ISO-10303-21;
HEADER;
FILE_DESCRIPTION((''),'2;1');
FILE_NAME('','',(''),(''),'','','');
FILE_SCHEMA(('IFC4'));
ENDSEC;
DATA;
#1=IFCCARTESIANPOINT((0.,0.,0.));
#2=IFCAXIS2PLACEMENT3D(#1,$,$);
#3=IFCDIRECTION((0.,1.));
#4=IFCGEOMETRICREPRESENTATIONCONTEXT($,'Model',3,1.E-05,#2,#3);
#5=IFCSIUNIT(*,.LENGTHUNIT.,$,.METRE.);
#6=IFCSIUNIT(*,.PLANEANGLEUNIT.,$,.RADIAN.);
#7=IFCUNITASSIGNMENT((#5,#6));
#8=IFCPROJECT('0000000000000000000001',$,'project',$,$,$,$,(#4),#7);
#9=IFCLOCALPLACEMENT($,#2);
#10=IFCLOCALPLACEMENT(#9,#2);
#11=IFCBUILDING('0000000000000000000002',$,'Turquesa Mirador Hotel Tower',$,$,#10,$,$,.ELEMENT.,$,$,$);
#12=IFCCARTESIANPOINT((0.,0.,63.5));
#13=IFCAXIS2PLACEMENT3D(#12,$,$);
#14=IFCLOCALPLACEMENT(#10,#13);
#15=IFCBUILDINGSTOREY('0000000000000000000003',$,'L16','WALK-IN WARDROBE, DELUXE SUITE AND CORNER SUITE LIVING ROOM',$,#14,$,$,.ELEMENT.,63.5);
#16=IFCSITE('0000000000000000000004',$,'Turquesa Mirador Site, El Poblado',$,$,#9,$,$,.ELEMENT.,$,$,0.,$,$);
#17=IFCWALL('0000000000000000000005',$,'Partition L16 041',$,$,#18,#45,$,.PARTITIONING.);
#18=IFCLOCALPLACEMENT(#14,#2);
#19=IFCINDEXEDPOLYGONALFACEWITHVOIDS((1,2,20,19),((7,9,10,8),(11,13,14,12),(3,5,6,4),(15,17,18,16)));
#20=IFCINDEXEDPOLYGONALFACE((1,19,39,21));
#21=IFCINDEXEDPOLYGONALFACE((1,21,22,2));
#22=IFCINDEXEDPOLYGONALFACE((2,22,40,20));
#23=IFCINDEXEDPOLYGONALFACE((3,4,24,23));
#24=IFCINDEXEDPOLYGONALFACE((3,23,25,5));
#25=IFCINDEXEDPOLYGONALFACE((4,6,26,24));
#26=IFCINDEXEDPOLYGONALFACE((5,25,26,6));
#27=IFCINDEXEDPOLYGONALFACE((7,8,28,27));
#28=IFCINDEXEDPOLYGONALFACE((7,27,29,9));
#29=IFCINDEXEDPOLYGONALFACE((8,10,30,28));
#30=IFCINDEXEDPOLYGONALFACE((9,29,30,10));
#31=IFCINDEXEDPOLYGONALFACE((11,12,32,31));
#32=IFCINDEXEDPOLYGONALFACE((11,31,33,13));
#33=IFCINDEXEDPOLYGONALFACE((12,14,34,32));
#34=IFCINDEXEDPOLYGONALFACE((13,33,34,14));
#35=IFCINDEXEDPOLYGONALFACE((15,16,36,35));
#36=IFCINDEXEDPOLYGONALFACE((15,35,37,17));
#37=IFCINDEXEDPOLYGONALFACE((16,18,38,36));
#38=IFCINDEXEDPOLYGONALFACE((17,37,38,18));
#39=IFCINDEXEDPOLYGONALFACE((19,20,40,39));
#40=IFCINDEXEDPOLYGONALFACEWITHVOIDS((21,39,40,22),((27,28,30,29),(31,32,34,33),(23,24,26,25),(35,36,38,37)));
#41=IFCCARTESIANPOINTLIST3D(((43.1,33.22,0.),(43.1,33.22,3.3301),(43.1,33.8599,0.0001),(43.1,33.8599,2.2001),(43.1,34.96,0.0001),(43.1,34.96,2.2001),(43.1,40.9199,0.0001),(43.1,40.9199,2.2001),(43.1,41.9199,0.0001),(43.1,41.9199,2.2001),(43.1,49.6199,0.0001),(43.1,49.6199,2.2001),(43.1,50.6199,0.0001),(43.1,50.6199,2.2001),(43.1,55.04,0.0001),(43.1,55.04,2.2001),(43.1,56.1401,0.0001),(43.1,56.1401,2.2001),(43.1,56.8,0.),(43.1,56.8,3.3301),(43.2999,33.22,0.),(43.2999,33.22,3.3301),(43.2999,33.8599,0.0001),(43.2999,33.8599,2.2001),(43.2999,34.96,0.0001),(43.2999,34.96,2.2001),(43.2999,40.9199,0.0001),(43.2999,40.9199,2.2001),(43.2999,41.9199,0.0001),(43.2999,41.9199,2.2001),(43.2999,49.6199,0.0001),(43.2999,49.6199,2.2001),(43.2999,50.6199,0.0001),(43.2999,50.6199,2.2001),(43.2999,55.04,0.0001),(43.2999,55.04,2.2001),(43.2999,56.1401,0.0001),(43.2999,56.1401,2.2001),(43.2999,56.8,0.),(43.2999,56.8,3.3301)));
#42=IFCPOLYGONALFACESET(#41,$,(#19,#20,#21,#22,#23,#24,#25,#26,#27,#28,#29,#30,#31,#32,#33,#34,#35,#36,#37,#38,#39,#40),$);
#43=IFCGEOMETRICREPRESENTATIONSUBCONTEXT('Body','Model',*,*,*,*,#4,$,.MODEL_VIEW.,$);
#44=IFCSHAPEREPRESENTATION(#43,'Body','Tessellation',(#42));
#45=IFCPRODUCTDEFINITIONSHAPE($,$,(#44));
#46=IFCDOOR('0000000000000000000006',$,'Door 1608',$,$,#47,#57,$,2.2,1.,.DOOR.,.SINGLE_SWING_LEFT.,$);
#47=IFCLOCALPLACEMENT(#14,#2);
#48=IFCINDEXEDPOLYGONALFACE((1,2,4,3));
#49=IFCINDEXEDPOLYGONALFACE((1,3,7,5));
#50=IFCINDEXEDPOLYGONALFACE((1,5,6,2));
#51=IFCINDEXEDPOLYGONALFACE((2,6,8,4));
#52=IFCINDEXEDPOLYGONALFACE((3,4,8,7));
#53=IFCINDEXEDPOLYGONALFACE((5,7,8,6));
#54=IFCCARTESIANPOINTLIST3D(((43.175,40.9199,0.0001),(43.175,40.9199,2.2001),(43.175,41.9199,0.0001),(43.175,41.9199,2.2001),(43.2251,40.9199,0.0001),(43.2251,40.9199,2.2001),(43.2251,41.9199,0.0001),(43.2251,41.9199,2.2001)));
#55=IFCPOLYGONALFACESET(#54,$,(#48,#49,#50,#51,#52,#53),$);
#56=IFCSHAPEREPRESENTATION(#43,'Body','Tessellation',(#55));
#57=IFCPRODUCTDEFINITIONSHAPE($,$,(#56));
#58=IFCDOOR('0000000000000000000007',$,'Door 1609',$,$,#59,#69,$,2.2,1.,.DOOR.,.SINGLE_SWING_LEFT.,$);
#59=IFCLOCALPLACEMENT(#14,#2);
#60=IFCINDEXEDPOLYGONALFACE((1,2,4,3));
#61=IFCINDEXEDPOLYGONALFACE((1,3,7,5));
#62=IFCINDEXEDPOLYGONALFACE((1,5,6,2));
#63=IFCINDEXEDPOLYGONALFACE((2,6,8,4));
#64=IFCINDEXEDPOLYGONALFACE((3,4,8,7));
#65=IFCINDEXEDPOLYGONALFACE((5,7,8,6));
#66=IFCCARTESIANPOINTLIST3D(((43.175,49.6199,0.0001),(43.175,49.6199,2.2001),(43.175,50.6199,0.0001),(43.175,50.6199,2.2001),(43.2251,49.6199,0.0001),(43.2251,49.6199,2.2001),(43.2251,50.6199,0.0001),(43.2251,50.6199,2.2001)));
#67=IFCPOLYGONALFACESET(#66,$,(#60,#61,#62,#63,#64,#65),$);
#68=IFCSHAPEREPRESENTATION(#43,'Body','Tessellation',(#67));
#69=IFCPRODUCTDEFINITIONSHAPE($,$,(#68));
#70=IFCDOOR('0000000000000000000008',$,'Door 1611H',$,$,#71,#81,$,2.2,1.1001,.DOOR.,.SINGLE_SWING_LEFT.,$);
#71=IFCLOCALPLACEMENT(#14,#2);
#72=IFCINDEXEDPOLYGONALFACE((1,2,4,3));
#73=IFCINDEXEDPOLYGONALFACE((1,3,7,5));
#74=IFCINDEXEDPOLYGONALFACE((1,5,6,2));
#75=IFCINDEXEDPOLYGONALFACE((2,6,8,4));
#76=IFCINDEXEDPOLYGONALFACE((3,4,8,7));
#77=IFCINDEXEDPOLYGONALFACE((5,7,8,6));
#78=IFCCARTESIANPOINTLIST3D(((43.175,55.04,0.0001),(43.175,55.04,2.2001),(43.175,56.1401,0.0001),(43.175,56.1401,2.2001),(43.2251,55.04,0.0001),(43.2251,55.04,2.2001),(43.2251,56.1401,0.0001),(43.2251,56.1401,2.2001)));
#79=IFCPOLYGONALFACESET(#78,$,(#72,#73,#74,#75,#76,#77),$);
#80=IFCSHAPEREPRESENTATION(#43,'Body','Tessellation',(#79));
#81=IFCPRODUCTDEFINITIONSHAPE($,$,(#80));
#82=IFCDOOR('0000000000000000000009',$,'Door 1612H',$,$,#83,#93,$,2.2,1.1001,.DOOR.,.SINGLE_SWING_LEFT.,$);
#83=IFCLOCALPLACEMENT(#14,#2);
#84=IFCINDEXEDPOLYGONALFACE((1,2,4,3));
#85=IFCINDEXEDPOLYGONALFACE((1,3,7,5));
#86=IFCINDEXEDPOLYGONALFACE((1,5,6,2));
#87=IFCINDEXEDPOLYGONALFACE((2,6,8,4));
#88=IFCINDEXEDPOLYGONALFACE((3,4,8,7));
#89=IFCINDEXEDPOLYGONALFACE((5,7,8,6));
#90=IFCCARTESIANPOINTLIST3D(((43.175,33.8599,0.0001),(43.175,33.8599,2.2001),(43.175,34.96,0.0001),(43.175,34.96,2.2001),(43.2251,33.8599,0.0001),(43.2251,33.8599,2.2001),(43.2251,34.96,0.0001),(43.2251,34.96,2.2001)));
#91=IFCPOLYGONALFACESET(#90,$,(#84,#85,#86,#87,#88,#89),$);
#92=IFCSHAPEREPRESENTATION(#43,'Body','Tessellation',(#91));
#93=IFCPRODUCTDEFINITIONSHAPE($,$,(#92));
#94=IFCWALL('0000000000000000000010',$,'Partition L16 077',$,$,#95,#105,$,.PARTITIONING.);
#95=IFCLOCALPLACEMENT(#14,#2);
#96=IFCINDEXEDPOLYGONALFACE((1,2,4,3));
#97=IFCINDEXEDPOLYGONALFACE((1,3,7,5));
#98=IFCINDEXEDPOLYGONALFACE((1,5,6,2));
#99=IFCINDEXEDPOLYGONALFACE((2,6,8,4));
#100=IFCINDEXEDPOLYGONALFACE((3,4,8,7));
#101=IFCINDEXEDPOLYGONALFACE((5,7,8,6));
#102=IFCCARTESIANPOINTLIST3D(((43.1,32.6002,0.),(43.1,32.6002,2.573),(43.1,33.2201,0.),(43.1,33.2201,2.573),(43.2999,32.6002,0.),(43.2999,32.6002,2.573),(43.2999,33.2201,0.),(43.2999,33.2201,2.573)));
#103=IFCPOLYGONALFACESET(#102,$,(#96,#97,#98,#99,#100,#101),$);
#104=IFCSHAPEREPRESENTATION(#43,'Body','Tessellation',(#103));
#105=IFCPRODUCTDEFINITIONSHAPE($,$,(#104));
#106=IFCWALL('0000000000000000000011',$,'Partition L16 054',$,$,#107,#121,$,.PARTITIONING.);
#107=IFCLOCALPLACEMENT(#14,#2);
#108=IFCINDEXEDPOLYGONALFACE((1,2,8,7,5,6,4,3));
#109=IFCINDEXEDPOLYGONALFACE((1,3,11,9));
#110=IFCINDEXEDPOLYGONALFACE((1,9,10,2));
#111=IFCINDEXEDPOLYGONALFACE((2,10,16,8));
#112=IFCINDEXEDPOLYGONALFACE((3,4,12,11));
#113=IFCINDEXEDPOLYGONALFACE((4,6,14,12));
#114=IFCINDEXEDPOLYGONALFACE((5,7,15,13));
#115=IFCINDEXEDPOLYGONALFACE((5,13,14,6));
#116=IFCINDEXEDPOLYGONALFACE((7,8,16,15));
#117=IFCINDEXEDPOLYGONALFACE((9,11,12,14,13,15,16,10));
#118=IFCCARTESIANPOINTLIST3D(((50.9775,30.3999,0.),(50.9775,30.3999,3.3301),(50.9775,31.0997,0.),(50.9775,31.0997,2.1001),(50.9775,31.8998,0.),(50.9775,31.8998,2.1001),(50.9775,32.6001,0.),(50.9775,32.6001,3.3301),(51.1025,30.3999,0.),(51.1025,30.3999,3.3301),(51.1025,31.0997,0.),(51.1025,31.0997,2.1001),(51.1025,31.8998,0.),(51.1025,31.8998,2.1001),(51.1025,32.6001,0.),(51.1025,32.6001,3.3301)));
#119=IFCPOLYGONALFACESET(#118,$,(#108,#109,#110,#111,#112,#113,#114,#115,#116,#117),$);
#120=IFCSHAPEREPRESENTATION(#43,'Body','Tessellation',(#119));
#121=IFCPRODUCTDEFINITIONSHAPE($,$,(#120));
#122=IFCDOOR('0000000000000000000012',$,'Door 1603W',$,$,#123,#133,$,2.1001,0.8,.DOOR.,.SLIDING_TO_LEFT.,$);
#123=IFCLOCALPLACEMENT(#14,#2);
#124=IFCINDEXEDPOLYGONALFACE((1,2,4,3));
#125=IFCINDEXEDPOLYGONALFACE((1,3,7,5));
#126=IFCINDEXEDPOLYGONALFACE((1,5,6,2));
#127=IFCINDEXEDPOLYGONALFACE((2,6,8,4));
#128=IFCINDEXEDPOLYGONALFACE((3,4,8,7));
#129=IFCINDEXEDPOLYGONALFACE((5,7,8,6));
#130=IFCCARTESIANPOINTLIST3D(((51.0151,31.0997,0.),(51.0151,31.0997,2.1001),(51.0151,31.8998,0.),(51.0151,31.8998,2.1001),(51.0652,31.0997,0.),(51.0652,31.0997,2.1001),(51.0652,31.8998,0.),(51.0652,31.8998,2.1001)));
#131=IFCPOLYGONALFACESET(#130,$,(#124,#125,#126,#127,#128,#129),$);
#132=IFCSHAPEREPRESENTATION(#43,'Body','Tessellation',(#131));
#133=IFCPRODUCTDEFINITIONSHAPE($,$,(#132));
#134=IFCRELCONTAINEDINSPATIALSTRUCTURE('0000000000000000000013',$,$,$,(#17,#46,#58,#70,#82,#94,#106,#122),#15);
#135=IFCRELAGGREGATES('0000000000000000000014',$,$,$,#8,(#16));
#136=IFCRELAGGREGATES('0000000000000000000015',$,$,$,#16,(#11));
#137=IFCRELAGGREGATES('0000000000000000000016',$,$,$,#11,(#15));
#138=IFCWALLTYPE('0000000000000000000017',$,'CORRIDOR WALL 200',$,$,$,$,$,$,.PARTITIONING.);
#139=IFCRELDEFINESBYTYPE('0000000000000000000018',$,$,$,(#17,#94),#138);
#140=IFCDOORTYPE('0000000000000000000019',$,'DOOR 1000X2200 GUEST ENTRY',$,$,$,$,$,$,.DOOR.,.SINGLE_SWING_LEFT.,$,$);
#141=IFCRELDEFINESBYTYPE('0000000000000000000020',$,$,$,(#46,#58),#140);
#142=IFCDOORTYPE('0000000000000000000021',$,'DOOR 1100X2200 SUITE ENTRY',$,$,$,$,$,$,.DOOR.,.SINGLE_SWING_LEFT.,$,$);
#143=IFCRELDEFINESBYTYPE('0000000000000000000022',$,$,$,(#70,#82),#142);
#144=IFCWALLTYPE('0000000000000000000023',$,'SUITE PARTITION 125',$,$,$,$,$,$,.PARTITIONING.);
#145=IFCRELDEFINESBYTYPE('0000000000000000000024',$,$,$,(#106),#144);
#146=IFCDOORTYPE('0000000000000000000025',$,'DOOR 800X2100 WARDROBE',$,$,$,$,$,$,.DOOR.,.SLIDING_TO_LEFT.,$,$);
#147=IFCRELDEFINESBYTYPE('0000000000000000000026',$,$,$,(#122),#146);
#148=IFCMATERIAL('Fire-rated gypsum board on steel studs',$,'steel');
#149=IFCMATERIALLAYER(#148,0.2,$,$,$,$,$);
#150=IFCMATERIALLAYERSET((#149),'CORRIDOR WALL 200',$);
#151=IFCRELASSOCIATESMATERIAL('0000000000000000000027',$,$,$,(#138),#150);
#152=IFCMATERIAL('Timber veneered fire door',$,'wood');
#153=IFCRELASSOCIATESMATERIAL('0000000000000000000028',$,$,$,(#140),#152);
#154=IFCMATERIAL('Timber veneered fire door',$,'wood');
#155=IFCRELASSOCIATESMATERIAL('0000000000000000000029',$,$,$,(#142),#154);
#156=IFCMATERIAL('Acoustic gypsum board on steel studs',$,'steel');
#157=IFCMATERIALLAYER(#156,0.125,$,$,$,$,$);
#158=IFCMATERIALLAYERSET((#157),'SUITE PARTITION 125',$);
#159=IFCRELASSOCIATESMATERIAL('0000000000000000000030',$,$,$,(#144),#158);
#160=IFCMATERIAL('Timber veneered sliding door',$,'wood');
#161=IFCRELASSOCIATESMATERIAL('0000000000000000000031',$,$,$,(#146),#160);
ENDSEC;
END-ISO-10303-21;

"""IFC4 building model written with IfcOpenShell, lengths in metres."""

from ifc_helpers import new_model, si_unit, direction, frame, frame_2d, origin, place, context, subcontext, project, spatial, rectangle, extrude, material, layer, layer_set, type_object, element, fill, save


model = new_model("IFC4")

# Units and contexts
model_context = context("Model", 3, precision=1e-05, world=origin(), true_north=direction((0.0, 1.0)))
body_context = subcontext(model_context, "Body", "Model", "MODEL_VIEW")
ifc_project = project(units=[si_unit("LENGTHUNIT", "METRE"), si_unit("PLANEANGLEUNIT", "RADIAN")], contexts=[model_context])

# Site, building, storey
site_placement = place(None, origin())
site = spatial("IfcSite", under=ifc_project, at=site_placement, Name="Turquesa Mirador Site, El Poblado", CompositionType="ELEMENT", RefElevation=0.0)
building_placement = place(site_placement, origin())
building = spatial("IfcBuilding", under=site, at=building_placement, Name="Turquesa Mirador Hotel Tower", CompositionType="ELEMENT")
storey_placement = place(building_placement, frame((0.0, 0.0, 63.5)))
storey = spatial("IfcBuildingStorey", under=building, at=storey_placement, Name="L16", Description="WALK-IN WARDROBE, DELUXE SUITE AND CORNER SUITE LIVING ROOM", CompositionType="ELEMENT", Elevation=63.5)

# Wall, openings, doors
ifc_material_1 = material(Name="Fire-rated gypsum board on steel studs", Category="steel")
ifc_layer_1 = layer(ifc_material_1, 0.2)
ifc_layer_set_1 = layer_set([ifc_layer_1], Name="CORRIDOR WALL 200")
wall_type_1 = type_object("IfcWallType", Name="CORRIDOR WALL 200", PredefinedType="PARTITIONING", material=ifc_layer_set_1)
ifc_material_2 = material(Name="Timber veneered fire door", Category="wood")
door_type_1 = type_object("IfcDoorType", Name="DOOR 1000X2200 GUEST ENTRY", OperationType="SINGLE_SWING_LEFT", PredefinedType="DOOR", material=ifc_material_2)
wall_1_placement = place(storey_placement, frame((43.2, 33.22, 0.0), z_axis=(0.0, 0.0, 1.0), x_axis=(0.0, 1.0, 0.0)))
wall_1 = element("IfcWall", 1, at=wall_1_placement, inside=storey, type_object=wall_type_1, Name="Partition L16 041", PredefinedType="PARTITIONING", context=body_context, shape_type="SweptSolid", body=[
    extrude(rectangle(XDim=23.5801, YDim=0.2, at=frame_2d((11.79, 0.0))), origin(), (0.0, 0.0, 1.0), 3.3301),
])
opening_1_placement = place(wall_1_placement, frame((7.7, 0.0, 0.0)))
opening_1 = element("IfcOpeningElement", 2, at=opening_1_placement, cuts=wall_1, PredefinedType="OPENING", context=body_context, shape_type="SweptSolid", body=[
    extrude(rectangle(XDim=1.0, YDim=2.2, at=frame_2d((0.5, 1.1001))), frame((0.0, 0.1099, 0.0), z_axis=(0.0, -1.0, 0.0), x_axis=(1.0, 0.0, 0.0)), (0.0, 0.0, 1.0), 0.22),
])
opening_2_placement = place(wall_1_placement, frame((16.3999, 0.0, 0.0)))
opening_2 = element("IfcOpeningElement", 3, at=opening_2_placement, cuts=wall_1, PredefinedType="OPENING", context=body_context, shape_type="SweptSolid", body=[
    extrude(rectangle(XDim=1.0, YDim=2.2, at=frame_2d((0.5, 1.1001))), frame((0.0, 0.1099, 0.0), z_axis=(0.0, -1.0, 0.0), x_axis=(1.0, 0.0, 0.0)), (0.0, 0.0, 1.0), 0.22),
])
opening_3_placement = place(wall_1_placement, frame((21.8201, 0.0, 0.0)))
opening_3 = element("IfcOpeningElement", 4, at=opening_3_placement, cuts=wall_1, PredefinedType="OPENING", context=body_context, shape_type="SweptSolid", body=[
    extrude(rectangle(XDim=1.1001, YDim=2.2, at=frame_2d((0.55, 1.1001))), frame((0.0, 0.1099, 0.0), z_axis=(0.0, -1.0, 0.0), x_axis=(1.0, 0.0, 0.0)), (0.0, 0.0, 1.0), 0.22),
])
opening_4_placement = place(wall_1_placement, frame((0.6399, 0.0, 0.0)))
opening_4 = element("IfcOpeningElement", 5, at=opening_4_placement, cuts=wall_1, PredefinedType="OPENING", context=body_context, shape_type="SweptSolid", body=[
    extrude(rectangle(XDim=1.1001, YDim=2.2, at=frame_2d((0.55, 1.1001))), frame((0.0, 0.1099, 0.0), z_axis=(0.0, -1.0, 0.0), x_axis=(1.0, 0.0, 0.0)), (0.0, 0.0, 1.0), 0.22),
])
door_1_placement = place(opening_1_placement, origin())
door_1 = element("IfcDoor", 6, at=door_1_placement, inside=storey, type_object=door_type_1, Name="Door 1608", OperationType="SINGLE_SWING_LEFT", OverallHeight=2.2, OverallWidth=1.0, PredefinedType="DOOR", context=body_context, shape_type="SweptSolid", body=[
    extrude(rectangle(XDim=1.0, YDim=2.2, at=frame_2d((0.5, 1.1001))), frame((0.0, 0.0249, 0.0), z_axis=(0.0, -1.0, 0.0), x_axis=(1.0, 0.0, 0.0)), (0.0, 0.0, 1.0), 0.05),
])
fill(opening_1, door_1)
door_2_placement = place(opening_2_placement, origin())
door_2 = element("IfcDoor", 7, at=door_2_placement, inside=storey, type_object=door_type_1, Name="Door 1609", OperationType="SINGLE_SWING_LEFT", OverallHeight=2.2, OverallWidth=1.0, PredefinedType="DOOR", context=body_context, shape_type="SweptSolid", body=[
    extrude(rectangle(XDim=1.0, YDim=2.2, at=frame_2d((0.5, 1.1001))), frame((0.0, 0.0249, 0.0), z_axis=(0.0, -1.0, 0.0), x_axis=(1.0, 0.0, 0.0)), (0.0, 0.0, 1.0), 0.05),
])
fill(opening_2, door_2)
ifc_material_3 = material(Name="Timber veneered fire door", Category="wood")
door_type_2 = type_object("IfcDoorType", Name="DOOR 1100X2200 SUITE ENTRY", OperationType="SINGLE_SWING_LEFT", PredefinedType="DOOR", material=ifc_material_3)
door_3_placement = place(opening_3_placement, origin())
door_3 = element("IfcDoor", 8, at=door_3_placement, inside=storey, type_object=door_type_2, Name="Door 1611H", OperationType="SINGLE_SWING_LEFT", OverallHeight=2.2, OverallWidth=1.1001, PredefinedType="DOOR", context=body_context, shape_type="SweptSolid", body=[
    extrude(rectangle(XDim=1.1001, YDim=2.2, at=frame_2d((0.55, 1.1001))), frame((0.0, 0.0249, 0.0), z_axis=(0.0, -1.0, 0.0), x_axis=(1.0, 0.0, 0.0)), (0.0, 0.0, 1.0), 0.05),
])
fill(opening_3, door_3)
door_4_placement = place(opening_4_placement, origin())
door_4 = element("IfcDoor", 9, at=door_4_placement, inside=storey, type_object=door_type_2, Name="Door 1612H", OperationType="SINGLE_SWING_LEFT", OverallHeight=2.2, OverallWidth=1.1001, PredefinedType="DOOR", context=body_context, shape_type="SweptSolid", body=[
    extrude(rectangle(XDim=1.1001, YDim=2.2, at=frame_2d((0.55, 1.1001))), frame((0.0, 0.0249, 0.0), z_axis=(0.0, -1.0, 0.0), x_axis=(1.0, 0.0, 0.0)), (0.0, 0.0, 1.0), 0.05),
])
fill(opening_4, door_4)

# Wall
wall_2_placement = place(storey_placement, frame((43.2, 32.6001, 0.0), z_axis=(0.0, 0.0, 1.0), x_axis=(0.0, 1.0, 0.0)))
element("IfcWall", 10, at=wall_2_placement, inside=storey, type_object=wall_type_1, Name="Partition L16 077", PredefinedType="PARTITIONING", context=body_context, shape_type="SweptSolid", body=[
    extrude(rectangle(XDim=0.6199, YDim=0.2, at=frame_2d((0.3101, 0.0))), origin(), (0.0, 0.0, 1.0), 2.573),
])

# Wall, opening, door
ifc_material_4 = material(Name="Acoustic gypsum board on steel studs", Category="steel")
ifc_layer_2 = layer(ifc_material_4, 0.125)
ifc_layer_set_2 = layer_set([ifc_layer_2], Name="SUITE PARTITION 125")
wall_type_2 = type_object("IfcWallType", Name="SUITE PARTITION 125", PredefinedType="PARTITIONING", material=ifc_layer_set_2)
wall_3_placement = place(storey_placement, frame((51.04, 30.3999, 0.0), z_axis=(0.0, 0.0, 1.0), x_axis=(0.0, 1.0, 0.0)))
wall_3 = element("IfcWall", 11, at=wall_3_placement, inside=storey, type_object=wall_type_2, Name="Partition L16 054", PredefinedType="PARTITIONING", context=body_context, shape_type="SweptSolid", body=[
    extrude(rectangle(XDim=2.2002, YDim=0.125, at=frame_2d((1.1001, 0.0))), origin(), (0.0, 0.0, 1.0), 3.3301),
])
opening_5_placement = place(wall_3_placement, frame((0.7, 0.0, 0.0)))
opening_5 = element("IfcOpeningElement", 12, at=opening_5_placement, cuts=wall_3, PredefinedType="OPENING", context=body_context, shape_type="SweptSolid", body=[
    extrude(rectangle(XDim=0.8, YDim=2.1001, at=frame_2d((0.3999, 1.05))), frame((0.0, 0.0725, 0.0), z_axis=(0.0, -1.0, 0.0), x_axis=(1.0, 0.0, 0.0)), (0.0, 0.0, 1.0), 0.145),
])
ifc_material_5 = material(Name="Timber veneered sliding door", Category="wood")
door_type_3 = type_object("IfcDoorType", Name="DOOR 800X2100 WARDROBE", OperationType="SLIDING_TO_LEFT", PredefinedType="DOOR", material=ifc_material_5)
door_5_placement = place(opening_5_placement, origin())
door_5 = element("IfcDoor", 13, at=door_5_placement, inside=storey, type_object=door_type_3, Name="Door 1603W", OperationType="SLIDING_TO_LEFT", OverallHeight=2.1001, OverallWidth=0.8, PredefinedType="DOOR", context=body_context, shape_type="SweptSolid", body=[
    extrude(rectangle(XDim=0.8, YDim=2.1001, at=frame_2d((0.3999, 1.05))), frame((0.0, 0.0249, 0.0), z_axis=(0.0, -1.0, 0.0), x_axis=(1.0, 0.0, 0.0)), (0.0, 0.0, 1.0), 0.05),
])
fill(opening_5, door_5)

save(model, "model.ifc")
